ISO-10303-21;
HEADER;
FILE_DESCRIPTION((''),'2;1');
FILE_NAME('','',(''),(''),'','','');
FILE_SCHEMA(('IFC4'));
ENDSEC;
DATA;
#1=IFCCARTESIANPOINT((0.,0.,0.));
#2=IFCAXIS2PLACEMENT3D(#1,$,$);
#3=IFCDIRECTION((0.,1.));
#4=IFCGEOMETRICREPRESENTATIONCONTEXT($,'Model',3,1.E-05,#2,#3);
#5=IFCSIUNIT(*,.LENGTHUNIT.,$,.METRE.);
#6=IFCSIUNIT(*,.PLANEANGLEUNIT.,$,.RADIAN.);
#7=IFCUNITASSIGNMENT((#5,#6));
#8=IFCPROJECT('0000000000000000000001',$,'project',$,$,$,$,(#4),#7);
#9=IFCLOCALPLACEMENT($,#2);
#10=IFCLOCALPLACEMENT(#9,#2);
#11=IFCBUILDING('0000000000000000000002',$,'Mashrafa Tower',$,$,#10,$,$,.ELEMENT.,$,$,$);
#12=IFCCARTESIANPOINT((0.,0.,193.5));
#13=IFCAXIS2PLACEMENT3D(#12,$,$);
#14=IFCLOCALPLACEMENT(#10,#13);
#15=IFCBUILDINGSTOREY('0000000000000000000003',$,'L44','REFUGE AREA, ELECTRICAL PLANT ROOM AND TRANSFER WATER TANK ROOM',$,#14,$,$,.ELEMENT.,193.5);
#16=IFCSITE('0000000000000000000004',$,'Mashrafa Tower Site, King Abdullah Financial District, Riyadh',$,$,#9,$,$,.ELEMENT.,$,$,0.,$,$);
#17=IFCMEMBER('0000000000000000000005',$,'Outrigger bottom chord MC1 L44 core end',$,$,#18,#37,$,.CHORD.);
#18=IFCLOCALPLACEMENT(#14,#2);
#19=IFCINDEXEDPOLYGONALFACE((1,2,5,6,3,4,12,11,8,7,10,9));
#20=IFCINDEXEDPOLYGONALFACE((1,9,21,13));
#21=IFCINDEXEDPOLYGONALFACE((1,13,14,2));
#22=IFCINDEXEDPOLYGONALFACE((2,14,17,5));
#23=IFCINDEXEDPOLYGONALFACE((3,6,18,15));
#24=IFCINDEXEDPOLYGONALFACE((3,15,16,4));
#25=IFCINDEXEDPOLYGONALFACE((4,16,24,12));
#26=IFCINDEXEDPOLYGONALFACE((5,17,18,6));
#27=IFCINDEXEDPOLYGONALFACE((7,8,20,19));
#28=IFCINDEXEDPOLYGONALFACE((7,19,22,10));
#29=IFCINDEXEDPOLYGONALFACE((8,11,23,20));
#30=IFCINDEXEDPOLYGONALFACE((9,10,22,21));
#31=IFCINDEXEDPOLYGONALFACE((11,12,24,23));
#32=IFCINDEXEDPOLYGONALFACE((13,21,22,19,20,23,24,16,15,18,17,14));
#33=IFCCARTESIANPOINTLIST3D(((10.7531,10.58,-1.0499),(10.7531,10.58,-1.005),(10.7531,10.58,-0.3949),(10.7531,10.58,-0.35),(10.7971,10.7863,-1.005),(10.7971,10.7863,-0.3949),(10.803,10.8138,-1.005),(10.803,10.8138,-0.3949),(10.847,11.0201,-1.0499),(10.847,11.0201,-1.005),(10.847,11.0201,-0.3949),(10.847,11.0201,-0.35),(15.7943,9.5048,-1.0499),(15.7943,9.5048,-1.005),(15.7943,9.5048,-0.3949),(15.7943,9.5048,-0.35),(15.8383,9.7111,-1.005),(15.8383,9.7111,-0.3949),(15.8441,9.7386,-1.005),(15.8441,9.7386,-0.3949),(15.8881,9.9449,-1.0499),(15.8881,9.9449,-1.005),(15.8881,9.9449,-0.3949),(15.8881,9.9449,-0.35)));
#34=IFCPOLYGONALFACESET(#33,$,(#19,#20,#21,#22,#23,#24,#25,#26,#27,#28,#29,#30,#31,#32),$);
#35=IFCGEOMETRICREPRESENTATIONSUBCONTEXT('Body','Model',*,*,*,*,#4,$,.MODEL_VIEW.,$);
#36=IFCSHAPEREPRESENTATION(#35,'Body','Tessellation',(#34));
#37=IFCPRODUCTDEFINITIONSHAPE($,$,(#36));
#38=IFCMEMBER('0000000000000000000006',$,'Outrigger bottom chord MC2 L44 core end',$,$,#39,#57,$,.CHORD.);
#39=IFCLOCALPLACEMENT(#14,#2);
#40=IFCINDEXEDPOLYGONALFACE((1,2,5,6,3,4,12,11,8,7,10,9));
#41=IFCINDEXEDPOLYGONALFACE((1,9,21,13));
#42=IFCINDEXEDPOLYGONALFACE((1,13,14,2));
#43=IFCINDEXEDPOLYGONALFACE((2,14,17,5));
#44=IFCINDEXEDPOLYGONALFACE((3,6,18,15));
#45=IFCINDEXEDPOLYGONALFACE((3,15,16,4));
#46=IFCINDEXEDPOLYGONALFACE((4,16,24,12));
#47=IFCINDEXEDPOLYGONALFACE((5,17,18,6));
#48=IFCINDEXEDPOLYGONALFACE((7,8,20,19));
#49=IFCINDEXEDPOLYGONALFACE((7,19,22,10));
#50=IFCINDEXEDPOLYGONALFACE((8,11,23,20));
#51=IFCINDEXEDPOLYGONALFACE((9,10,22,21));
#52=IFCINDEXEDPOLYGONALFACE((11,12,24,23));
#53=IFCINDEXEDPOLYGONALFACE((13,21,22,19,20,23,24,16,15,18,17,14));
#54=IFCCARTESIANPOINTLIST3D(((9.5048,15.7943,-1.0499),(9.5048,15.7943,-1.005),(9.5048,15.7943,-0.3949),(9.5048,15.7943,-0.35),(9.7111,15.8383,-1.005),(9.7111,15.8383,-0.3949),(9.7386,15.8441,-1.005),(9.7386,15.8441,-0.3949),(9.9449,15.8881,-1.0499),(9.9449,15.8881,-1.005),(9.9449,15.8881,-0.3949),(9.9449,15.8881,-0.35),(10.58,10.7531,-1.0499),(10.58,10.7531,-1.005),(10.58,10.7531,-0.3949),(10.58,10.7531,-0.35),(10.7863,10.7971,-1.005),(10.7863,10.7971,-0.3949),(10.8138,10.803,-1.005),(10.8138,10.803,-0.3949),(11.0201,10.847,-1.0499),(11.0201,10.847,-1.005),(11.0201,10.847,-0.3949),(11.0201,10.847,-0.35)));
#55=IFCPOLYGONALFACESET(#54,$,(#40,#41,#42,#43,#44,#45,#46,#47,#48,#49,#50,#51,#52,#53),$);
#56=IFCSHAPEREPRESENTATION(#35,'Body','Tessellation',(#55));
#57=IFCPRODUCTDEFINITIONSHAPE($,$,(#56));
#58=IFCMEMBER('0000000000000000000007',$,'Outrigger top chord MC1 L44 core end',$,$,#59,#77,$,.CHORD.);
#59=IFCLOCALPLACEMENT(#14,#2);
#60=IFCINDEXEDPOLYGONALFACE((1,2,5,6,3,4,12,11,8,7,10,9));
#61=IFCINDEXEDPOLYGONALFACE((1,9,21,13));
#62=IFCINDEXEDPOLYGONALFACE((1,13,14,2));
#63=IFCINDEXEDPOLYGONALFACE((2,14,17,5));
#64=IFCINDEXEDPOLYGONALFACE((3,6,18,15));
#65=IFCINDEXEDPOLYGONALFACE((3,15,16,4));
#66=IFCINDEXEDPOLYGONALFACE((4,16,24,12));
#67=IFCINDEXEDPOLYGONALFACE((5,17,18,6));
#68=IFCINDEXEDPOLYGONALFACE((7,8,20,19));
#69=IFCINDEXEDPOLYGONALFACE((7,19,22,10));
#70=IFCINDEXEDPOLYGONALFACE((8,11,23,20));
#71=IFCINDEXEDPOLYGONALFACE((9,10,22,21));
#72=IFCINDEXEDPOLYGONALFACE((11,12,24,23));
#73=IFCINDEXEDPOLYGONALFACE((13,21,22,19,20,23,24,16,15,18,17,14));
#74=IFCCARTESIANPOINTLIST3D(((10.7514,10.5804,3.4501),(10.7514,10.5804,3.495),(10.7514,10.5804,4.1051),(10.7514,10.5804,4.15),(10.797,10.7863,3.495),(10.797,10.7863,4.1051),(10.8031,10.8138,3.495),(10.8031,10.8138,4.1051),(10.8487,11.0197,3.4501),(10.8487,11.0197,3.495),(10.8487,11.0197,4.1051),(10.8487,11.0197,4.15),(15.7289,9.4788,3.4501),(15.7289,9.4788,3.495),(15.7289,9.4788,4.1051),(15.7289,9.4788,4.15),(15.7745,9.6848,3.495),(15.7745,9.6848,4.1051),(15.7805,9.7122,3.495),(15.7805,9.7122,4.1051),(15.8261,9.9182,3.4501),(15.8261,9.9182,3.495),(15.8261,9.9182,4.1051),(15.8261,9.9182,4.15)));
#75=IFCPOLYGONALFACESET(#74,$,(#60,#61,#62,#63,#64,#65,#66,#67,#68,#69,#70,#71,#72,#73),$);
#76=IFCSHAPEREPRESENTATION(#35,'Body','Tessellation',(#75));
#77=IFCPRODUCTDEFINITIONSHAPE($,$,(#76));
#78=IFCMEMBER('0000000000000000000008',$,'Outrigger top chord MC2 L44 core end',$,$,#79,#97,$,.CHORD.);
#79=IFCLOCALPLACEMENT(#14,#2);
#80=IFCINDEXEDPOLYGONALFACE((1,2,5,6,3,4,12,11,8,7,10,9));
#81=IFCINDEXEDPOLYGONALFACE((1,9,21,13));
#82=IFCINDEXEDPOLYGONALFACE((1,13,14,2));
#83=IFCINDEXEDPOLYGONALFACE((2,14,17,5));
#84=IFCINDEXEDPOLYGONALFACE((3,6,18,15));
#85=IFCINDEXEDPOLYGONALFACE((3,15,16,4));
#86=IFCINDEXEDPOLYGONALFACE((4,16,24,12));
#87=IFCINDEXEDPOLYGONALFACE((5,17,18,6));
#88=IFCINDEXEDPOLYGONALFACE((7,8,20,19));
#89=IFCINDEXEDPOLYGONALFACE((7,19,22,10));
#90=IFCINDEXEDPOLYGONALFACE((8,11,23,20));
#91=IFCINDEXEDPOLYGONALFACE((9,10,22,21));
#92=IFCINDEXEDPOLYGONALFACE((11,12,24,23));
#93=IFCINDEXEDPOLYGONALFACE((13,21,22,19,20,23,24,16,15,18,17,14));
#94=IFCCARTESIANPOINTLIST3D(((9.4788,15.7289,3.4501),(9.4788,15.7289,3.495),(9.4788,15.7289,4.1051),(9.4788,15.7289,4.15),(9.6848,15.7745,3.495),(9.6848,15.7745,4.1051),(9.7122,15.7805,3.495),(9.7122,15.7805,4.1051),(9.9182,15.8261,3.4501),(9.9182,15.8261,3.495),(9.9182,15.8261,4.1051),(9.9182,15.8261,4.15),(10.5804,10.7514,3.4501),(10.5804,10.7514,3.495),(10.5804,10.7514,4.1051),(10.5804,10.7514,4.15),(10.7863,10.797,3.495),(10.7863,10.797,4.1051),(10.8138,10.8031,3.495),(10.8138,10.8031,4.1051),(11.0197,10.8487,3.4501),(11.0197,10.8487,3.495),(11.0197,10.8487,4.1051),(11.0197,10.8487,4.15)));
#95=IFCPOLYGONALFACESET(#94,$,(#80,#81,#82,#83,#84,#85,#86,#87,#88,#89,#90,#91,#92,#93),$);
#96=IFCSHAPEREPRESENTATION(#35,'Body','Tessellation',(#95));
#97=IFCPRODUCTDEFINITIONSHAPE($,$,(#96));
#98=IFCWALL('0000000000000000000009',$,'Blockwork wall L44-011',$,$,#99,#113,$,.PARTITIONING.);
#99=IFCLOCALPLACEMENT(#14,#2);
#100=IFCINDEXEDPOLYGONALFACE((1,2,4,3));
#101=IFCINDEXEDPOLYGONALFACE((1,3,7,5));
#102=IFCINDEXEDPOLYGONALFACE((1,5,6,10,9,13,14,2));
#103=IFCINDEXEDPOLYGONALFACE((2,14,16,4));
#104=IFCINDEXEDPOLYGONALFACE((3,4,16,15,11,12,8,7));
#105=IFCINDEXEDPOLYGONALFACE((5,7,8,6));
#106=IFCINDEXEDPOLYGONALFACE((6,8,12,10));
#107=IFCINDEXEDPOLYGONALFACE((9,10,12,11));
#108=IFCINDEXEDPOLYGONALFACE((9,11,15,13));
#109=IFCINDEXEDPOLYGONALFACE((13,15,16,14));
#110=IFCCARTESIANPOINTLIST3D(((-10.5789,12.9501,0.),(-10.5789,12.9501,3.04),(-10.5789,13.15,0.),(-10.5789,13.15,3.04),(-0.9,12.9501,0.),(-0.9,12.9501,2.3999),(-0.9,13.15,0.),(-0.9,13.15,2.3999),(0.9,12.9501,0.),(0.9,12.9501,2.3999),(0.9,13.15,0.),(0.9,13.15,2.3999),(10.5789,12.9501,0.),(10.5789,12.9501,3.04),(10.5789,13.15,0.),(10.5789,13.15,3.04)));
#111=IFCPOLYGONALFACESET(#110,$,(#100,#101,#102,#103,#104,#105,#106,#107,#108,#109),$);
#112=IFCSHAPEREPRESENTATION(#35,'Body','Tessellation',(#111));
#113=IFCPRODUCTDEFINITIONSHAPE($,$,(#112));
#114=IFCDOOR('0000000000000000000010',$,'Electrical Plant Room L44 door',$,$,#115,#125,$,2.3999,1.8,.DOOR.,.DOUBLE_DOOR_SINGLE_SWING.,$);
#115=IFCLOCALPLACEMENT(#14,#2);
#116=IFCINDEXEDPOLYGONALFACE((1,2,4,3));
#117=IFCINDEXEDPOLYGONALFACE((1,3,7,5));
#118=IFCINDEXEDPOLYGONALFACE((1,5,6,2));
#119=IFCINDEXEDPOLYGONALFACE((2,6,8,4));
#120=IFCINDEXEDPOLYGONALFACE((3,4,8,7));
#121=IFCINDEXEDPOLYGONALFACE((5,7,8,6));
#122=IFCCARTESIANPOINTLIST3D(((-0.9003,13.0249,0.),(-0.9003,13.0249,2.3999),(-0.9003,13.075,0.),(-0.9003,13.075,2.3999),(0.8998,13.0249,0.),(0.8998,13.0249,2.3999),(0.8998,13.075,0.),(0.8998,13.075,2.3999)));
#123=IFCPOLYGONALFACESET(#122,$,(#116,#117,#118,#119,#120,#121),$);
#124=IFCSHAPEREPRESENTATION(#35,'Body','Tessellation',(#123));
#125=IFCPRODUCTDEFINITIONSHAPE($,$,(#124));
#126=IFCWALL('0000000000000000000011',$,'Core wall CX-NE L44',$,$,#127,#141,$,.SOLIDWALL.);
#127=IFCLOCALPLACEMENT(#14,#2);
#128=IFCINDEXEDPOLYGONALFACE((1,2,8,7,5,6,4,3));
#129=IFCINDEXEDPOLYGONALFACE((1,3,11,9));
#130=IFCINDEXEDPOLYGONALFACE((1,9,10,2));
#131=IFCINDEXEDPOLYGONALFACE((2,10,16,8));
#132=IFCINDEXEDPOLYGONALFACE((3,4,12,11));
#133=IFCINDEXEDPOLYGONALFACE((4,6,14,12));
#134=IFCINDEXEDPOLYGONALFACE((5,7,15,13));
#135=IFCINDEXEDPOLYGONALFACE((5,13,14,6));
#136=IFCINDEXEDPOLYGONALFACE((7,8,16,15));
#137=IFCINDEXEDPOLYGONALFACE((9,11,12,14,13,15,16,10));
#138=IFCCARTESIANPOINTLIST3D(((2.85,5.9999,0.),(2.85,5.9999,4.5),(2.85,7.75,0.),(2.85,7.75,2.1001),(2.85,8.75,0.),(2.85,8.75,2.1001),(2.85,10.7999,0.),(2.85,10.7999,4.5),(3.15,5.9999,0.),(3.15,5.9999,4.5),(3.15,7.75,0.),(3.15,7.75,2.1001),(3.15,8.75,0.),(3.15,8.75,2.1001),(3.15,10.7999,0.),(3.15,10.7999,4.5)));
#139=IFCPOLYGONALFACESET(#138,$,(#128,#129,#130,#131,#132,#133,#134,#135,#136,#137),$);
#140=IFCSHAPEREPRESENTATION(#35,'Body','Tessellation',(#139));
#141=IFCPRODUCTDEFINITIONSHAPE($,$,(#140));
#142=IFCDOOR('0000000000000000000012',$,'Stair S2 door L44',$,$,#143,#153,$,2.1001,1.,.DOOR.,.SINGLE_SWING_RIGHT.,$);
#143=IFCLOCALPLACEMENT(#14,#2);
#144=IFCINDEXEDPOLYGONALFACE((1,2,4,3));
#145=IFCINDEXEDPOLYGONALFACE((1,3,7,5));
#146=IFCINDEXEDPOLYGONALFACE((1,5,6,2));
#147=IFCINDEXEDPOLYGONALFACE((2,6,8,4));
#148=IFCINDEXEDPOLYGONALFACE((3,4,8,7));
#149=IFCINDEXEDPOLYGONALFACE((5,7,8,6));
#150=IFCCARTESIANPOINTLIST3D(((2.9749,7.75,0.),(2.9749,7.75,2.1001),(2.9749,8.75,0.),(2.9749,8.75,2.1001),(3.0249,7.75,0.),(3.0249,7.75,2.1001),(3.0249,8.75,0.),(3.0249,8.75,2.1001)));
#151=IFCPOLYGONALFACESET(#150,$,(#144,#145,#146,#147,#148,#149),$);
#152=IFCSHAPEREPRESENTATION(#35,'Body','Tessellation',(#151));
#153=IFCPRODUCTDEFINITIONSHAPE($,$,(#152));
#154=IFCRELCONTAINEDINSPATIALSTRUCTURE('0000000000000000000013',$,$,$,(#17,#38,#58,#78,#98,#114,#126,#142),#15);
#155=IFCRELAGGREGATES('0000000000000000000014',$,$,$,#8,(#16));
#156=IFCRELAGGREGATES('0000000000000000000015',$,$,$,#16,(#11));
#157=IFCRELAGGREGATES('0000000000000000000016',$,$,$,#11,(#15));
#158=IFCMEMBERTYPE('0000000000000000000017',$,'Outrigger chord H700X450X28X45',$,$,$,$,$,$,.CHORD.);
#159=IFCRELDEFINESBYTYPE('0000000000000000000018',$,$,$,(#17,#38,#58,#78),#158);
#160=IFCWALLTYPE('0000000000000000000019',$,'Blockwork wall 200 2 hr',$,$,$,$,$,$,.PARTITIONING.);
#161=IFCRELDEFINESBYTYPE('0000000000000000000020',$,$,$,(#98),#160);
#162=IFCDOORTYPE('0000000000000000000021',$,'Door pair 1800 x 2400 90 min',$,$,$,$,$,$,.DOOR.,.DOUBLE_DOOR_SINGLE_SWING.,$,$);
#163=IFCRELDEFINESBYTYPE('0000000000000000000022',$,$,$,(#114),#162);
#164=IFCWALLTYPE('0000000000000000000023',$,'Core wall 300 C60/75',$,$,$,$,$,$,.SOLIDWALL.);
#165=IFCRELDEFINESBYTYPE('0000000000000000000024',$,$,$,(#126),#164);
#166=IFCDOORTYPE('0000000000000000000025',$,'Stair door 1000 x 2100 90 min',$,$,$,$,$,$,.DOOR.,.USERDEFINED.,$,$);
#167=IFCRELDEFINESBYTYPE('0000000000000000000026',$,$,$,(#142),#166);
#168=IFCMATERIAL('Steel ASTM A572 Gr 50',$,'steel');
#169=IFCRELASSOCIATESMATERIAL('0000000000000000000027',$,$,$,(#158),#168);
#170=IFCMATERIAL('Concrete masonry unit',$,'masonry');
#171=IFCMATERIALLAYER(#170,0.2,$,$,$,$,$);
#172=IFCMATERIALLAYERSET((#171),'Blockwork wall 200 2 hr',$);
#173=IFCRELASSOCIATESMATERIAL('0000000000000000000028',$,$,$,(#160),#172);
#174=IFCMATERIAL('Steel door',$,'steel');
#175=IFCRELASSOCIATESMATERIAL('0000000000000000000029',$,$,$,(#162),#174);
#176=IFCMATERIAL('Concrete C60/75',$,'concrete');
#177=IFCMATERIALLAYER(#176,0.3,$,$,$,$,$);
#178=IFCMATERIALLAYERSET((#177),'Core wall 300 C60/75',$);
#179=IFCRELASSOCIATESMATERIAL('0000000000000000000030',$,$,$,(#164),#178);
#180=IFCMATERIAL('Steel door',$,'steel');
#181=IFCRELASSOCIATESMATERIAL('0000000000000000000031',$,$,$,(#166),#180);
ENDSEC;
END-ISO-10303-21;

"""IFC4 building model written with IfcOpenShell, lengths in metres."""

from ifc_helpers import new_model, si_unit, direction, frame, frame_2d, origin, origin_2d, place, context, subcontext, project, spatial, rectangle, i_section, extrude, source, transform, mapped, material, layer, layer_set, material_profile, profile_set, type_object, type_shapes, element, fill, save


model = new_model("IFC4")

# Units and contexts
model_context = context("Model", 3, precision=1e-05, world=origin(), true_north=direction((0.0, 1.0)))
body_context = subcontext(model_context, "Body", "Model", "MODEL_VIEW")
ifc_project = project(units=[si_unit("LENGTHUNIT", "METRE"), si_unit("PLANEANGLEUNIT", "RADIAN")], contexts=[model_context])

# Site, building, storey
site_placement = place(None, origin())
site = spatial("IfcSite", under=ifc_project, at=site_placement, Name="Mashrafa Tower Site, King Abdullah Financial District, Riyadh", CompositionType="ELEMENT", RefElevation=0.0)
building_placement = place(site_placement, origin())
building = spatial("IfcBuilding", under=site, at=building_placement, Name="Mashrafa Tower", CompositionType="ELEMENT")
storey_placement = place(building_placement, frame((0.0, 0.0, 193.5)))
storey = spatial("IfcBuildingStorey", under=building, at=storey_placement, Name="L44", Description="REFUGE AREA, ELECTRICAL PLANT ROOM AND TRANSFER WATER TANK ROOM", CompositionType="ELEMENT", Elevation=193.5)

# Members
ifc_material_1 = material(Name="Steel ASTM A572 Gr 50", Category="steel")
ifc_material_profile_1 = material_profile(ifc_material_1, i_section(OverallWidth=0.45, OverallDepth=0.7, WebThickness=0.0281, FlangeThickness=0.0449, at=origin_2d()), Name="H700X450X28X45")
ifc_profile_set_1 = profile_set([ifc_material_profile_1], Name="Steel ASTM A572 Gr 50")
member_type = type_object("IfcMemberType", Name="Outrigger chord H700X450X28X45", PredefinedType="CHORD", material=ifc_profile_set_1)
shared_shape_1 = source(origin(), body_context, "Body", "SweptSolid", [
    extrude(i_section(OverallWidth=0.45, OverallDepth=0.7, WebThickness=0.0281, FlangeThickness=0.0449, at=origin_2d()), origin(), (0.0, 0.0, 1.0), 5.1545),
])
for number, where, z_axis, x_axis, name in (
    (1, (10.8, 10.8, -0.7), (0.978004, -0.208588, 0.0), (0.208588, 0.978004, 0.0), "Outrigger bottom chord MC1 L44 core end"),
    (2, (10.8, 10.8, -0.7), (-0.208588, 0.978004, 0.0), (-0.978004, -0.208588, 0.0), "Outrigger bottom chord MC2 L44 core end"),
):
    element("IfcMember", number, at=place(storey_placement, frame(where, z_axis=z_axis, x_axis=x_axis)), inside=storey, type_object=member_type, Name=name, PredefinedType="CHORD", context=body_context, shape_type="MappedRepresentation", body=[
        mapped(shared_shape_1, transform((0.0, 0.0, 0.0))),
    ])
shared_shape_2 = source(origin(), body_context, "Body", "SweptSolid", [
    extrude(i_section(OverallWidth=0.45, OverallDepth=0.7, WebThickness=0.0281, FlangeThickness=0.0449, at=origin_2d()), origin(), (0.0, 0.0, 1.0), 5.0979),
])
type_shapes(member_type, [shared_shape_1, shared_shape_2])
for number, where, z_axis, x_axis, name in (
    (3, (10.8, 10.8, 3.8), (0.976376, -0.216079, 0.0), (0.216079, 0.976376, 0.0), "Outrigger top chord MC1 L44 core end"),
    (4, (10.8, 10.8, 3.8), (-0.216079, 0.976376, 0.0), (-0.976376, -0.216079, 0.0), "Outrigger top chord MC2 L44 core end"),
):
    element("IfcMember", number, at=place(storey_placement, frame(where, z_axis=z_axis, x_axis=x_axis)), inside=storey, type_object=member_type, Name=name, PredefinedType="CHORD", context=body_context, shape_type="MappedRepresentation", body=[
        mapped(shared_shape_2, transform((0.0, 0.0, 0.0))),
    ])

# Walls, openings, doors
ifc_material_2 = material(Name="Concrete masonry unit", Category="masonry")
ifc_layer_1 = layer(ifc_material_2, 0.2)
ifc_layer_set_1 = layer_set([ifc_layer_1], Name="Blockwork wall 200 2 hr")
wall_type_1 = type_object("IfcWallType", Name="Blockwork wall 200 2 hr", PredefinedType="PARTITIONING", material=ifc_layer_set_1)
wall_1_placement = place(storey_placement, frame((10.5789, 13.05, 0.0), z_axis=(0.0, 0.0, 1.0), x_axis=(-1.0, 0.0, 0.0)))
wall_1 = element("IfcWall", 5, at=wall_1_placement, inside=storey, type_object=wall_type_1, Name="Blockwork wall L44-011", PredefinedType="PARTITIONING", context=body_context, shape_type="SweptSolid", body=[
    extrude(rectangle(XDim=21.1577, YDim=0.2, at=frame_2d((10.5789, 0.0))), origin(), (0.0, 0.0, 1.0), 3.04),
])
opening_1_placement = place(wall_1_placement, frame((9.679, 0.0, 0.0)))
opening_1 = element("IfcOpeningElement", 6, at=opening_1_placement, cuts=wall_1, PredefinedType="OPENING", context=body_context, shape_type="SweptSolid", body=[
    extrude(rectangle(XDim=1.8, YDim=2.3999, at=frame_2d((0.8999, 1.2))), frame((0.0, 0.1099, 0.0), z_axis=(0.0, -1.0, 0.0), x_axis=(1.0, 0.0, 0.0)), (0.0, 0.0, 1.0), 0.22),
])
ifc_material_3 = material(Name="Steel door", Category="steel")
door_type_1 = type_object("IfcDoorType", Name="Door pair 1800 x 2400 90 min", OperationType="DOUBLE_DOOR_SINGLE_SWING", PredefinedType="DOOR", material=ifc_material_3)
door_1_placement = place(opening_1_placement, frame((1.8, 0.0, 0.0), z_axis=(0.0, 0.0, 1.0), x_axis=(-1.0, 0.0, 0.0)))
door_1 = element("IfcDoor", 7, at=door_1_placement, inside=storey, type_object=door_type_1, Name="Electrical Plant Room L44 door", OperationType="DOUBLE_DOOR_SINGLE_SWING", OverallHeight=2.3999, OverallWidth=1.8, PredefinedType="DOOR", context=body_context, shape_type="SweptSolid", body=[
    extrude(rectangle(XDim=1.8, YDim=2.3999, at=frame_2d((0.8999, 1.2))), frame((0.0, 0.0249, 0.0), z_axis=(0.0, -1.0, 0.0), x_axis=(1.0, 0.0, 0.0)), (0.0, 0.0, 1.0), 0.05),
])
fill(opening_1, door_1)
ifc_material_4 = material(Name="Concrete C60/75", Category="concrete")
ifc_layer_2 = layer(ifc_material_4, 0.3)
ifc_layer_set_2 = layer_set([ifc_layer_2], Name="Core wall 300 C60/75")
wall_type_2 = type_object("IfcWallType", Name="Core wall 300 C60/75", PredefinedType="SOLIDWALL", material=ifc_layer_set_2)
wall_2_placement = place(storey_placement, frame((3.0, 6.0, 0.0), z_axis=(0.0, 0.0, 1.0), x_axis=(0.0, 1.0, 0.0)))
wall_2 = element("IfcWall", 8, at=wall_2_placement, inside=storey, type_object=wall_type_2, Name="Core wall CX-NE L44", PredefinedType="SOLIDWALL", context=body_context, shape_type="SweptSolid", body=[
    extrude(rectangle(XDim=4.8, YDim=0.3, at=frame_2d((2.3999, 0.0))), origin(), (0.0, 0.0, 1.0), 4.5),
])
opening_2_placement = place(wall_2_placement, frame((1.75, 0.0, 0.0)))
opening_2 = element("IfcOpeningElement", 9, at=opening_2_placement, cuts=wall_2, PredefinedType="OPENING", context=body_context, shape_type="SweptSolid", body=[
    extrude(rectangle(XDim=1.0, YDim=2.1001, at=frame_2d((0.5, 1.05))), frame((0.0, 0.1599, 0.0), z_axis=(0.0, -1.0, 0.0), x_axis=(1.0, 0.0, 0.0)), (0.0, 0.0, 1.0), 0.3201),
])
ifc_material_5 = material(Name="Steel door", Category="steel")
door_type_2 = type_object("IfcDoorType", Name="Stair door 1000 x 2100 90 min", OperationType="USERDEFINED", PredefinedType="DOOR", material=ifc_material_5)
door_2_placement = place(opening_2_placement, frame((1.0, 0.0, 0.0), z_axis=(0.0, 0.0, 1.0), x_axis=(-1.0, 0.0, 0.0)))
door_2 = element("IfcDoor", 10, at=door_2_placement, inside=storey, type_object=door_type_2, Name="Stair S2 door L44", OperationType="SINGLE_SWING_RIGHT", OverallHeight=2.1001, OverallWidth=1.0, PredefinedType="DOOR", context=body_context, shape_type="SweptSolid", body=[
    extrude(rectangle(XDim=1.0, YDim=2.1001, at=frame_2d((0.5, 1.05))), frame((0.0, 0.0249, 0.0), z_axis=(0.0, -1.0, 0.0), x_axis=(1.0, 0.0, 0.0)), (0.0, 0.0, 1.0), 0.05),
])
fill(opening_2, door_2)

save(model, "model.ifc")
